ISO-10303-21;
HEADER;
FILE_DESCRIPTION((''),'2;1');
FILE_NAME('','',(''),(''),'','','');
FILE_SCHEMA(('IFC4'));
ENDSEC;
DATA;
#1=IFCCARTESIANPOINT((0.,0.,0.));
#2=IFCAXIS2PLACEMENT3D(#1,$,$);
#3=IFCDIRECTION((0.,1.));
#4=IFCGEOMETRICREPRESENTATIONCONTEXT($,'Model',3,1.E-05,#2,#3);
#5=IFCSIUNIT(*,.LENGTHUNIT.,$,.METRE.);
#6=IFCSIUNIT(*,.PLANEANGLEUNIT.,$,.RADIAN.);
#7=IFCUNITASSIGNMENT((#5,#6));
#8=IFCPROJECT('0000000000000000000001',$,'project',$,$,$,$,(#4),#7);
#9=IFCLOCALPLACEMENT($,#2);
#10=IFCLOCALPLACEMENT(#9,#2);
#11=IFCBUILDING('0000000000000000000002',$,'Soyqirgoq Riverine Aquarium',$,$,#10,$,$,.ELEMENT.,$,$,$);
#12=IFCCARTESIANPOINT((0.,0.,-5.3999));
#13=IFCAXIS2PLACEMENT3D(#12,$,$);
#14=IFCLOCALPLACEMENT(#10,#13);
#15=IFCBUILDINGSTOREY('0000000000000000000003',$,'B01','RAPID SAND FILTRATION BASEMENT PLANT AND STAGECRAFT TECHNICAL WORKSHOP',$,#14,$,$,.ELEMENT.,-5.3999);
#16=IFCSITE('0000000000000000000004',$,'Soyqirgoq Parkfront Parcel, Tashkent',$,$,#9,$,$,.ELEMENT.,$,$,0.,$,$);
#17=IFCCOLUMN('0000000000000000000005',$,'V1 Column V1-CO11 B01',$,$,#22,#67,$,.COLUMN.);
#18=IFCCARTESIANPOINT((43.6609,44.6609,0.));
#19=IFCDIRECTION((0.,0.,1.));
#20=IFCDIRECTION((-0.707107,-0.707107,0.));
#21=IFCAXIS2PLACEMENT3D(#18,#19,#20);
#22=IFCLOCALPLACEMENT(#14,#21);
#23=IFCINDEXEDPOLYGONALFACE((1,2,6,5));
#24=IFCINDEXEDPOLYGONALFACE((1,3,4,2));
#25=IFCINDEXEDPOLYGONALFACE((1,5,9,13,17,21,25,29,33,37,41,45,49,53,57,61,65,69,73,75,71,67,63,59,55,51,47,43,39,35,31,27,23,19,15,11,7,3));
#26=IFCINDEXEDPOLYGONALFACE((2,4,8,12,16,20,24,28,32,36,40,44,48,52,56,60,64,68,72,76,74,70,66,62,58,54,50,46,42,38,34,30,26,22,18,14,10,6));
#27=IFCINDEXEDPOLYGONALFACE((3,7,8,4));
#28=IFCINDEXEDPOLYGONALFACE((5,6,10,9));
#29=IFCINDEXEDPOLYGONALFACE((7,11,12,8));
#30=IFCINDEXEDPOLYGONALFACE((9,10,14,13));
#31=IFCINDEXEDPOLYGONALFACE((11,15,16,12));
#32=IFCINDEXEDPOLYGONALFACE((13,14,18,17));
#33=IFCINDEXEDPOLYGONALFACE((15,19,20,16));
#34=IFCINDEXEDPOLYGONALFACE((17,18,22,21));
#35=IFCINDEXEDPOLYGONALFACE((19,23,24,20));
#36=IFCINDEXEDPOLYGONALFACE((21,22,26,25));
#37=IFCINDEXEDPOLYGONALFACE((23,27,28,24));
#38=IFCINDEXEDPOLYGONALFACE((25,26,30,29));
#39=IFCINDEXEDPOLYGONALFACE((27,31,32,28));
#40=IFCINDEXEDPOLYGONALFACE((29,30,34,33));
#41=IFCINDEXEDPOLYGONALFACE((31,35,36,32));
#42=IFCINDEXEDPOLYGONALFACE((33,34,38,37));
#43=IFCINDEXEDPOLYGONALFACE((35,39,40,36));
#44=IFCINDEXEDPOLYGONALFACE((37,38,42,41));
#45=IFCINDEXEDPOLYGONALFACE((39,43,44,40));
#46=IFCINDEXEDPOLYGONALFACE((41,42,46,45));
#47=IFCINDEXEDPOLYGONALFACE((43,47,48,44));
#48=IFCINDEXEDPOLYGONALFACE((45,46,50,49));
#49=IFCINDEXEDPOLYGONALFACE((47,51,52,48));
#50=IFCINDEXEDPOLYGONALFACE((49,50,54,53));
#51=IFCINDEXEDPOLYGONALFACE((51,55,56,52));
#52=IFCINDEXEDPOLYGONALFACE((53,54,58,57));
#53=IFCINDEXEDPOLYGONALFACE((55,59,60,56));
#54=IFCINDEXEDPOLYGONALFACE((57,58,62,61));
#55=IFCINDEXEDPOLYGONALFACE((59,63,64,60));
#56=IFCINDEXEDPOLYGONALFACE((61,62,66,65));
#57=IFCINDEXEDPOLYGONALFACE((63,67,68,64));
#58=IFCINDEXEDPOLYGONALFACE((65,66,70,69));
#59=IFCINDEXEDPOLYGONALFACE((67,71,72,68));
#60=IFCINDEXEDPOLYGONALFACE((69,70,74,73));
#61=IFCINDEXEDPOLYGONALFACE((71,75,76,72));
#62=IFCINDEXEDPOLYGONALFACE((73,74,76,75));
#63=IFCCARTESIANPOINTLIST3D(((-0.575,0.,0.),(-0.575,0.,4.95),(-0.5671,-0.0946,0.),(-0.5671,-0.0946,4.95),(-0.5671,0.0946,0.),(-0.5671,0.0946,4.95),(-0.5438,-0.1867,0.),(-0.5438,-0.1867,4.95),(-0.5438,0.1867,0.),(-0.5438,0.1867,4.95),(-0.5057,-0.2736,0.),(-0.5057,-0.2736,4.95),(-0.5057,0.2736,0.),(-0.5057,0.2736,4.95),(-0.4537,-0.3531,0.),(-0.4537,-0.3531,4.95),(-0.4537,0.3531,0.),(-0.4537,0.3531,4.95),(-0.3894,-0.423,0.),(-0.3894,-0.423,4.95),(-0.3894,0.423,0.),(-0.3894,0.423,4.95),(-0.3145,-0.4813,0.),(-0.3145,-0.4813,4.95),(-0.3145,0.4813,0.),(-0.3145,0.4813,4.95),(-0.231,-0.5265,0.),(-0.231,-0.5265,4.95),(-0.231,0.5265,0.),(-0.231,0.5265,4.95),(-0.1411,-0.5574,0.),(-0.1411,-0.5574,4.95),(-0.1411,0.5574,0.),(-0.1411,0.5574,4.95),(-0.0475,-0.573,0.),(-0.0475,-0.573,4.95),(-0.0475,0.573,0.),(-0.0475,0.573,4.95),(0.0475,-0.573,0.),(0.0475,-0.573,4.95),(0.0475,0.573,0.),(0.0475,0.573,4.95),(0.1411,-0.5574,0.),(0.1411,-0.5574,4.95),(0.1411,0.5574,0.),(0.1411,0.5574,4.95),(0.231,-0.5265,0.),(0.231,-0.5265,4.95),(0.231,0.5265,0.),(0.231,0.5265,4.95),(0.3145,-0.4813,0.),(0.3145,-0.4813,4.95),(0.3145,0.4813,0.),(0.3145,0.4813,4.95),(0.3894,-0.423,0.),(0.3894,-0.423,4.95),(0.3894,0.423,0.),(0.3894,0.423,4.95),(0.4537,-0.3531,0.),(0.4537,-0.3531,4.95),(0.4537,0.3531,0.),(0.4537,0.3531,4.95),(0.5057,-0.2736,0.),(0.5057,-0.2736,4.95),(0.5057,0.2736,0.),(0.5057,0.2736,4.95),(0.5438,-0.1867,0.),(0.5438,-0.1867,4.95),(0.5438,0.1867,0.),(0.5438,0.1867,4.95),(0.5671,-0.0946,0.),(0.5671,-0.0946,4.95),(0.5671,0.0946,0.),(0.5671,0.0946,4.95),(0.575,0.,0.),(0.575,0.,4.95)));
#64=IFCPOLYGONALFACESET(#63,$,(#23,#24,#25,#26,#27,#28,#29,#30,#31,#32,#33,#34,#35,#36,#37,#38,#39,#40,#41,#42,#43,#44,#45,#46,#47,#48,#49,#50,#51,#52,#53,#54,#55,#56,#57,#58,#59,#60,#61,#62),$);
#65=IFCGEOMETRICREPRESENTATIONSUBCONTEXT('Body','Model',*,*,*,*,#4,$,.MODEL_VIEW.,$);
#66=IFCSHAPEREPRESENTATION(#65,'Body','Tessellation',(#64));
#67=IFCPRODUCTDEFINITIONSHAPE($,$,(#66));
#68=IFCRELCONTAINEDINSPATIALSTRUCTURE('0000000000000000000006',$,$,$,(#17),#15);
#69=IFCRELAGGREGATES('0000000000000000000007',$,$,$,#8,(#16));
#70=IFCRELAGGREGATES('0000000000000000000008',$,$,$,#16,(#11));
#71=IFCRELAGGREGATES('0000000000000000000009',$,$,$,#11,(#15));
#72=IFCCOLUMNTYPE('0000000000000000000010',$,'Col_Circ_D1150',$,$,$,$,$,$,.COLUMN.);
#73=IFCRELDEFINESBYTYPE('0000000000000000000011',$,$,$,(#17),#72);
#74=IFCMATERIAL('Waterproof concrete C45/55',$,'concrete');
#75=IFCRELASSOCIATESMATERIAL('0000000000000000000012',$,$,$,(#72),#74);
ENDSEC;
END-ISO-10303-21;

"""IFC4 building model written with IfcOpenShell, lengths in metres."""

from ifc_helpers import new_model, si_unit, direction, frame, origin, origin_2d, place, context, subcontext, project, spatial, circle, extrude, material, material_profile, profile_set, type_object, element, save


model = new_model("IFC4")

# Units and contexts
model_context = context("Model", 3, precision=1e-05, world=origin(), true_north=direction((0.0, 1.0)))
body_context = subcontext(model_context, "Body", "Model", "MODEL_VIEW")
ifc_project = project(units=[si_unit("LENGTHUNIT", "METRE"), si_unit("PLANEANGLEUNIT", "RADIAN")], contexts=[model_context])

# Site, building, storey
site_placement = place(None, origin())
site = spatial("IfcSite", under=ifc_project, at=site_placement, Name="Soyqirgoq Parkfront Parcel, Tashkent", CompositionType="ELEMENT", RefElevation=0.0)
building_placement = place(site_placement, origin())
building = spatial("IfcBuilding", under=site, at=building_placement, Name="Soyqirgoq Riverine Aquarium", CompositionType="ELEMENT")
storey_placement = place(building_placement, frame((0.0, 0.0, -5.3999)))
storey = spatial("IfcBuildingStorey", under=building, at=storey_placement, Name="B01", Description="RAPID SAND FILTRATION BASEMENT PLANT AND STAGECRAFT TECHNICAL WORKSHOP", CompositionType="ELEMENT", Elevation=-5.3999)

# Column
ifc_material_1 = material(Name="Waterproof concrete C45/55", Category="concrete")
ifc_material_profile_1 = material_profile(ifc_material_1, circle(Radius=0.575, at=origin_2d()), Name="RC-COL D1150")
ifc_profile_set_1 = profile_set([ifc_material_profile_1], Name="Waterproof concrete C45/55")
column_type_1 = type_object("IfcColumnType", Name="Col_Circ_D1150", PredefinedType="COLUMN", material=ifc_profile_set_1)
column_1_placement = place(storey_placement, frame((43.6609, 44.6609, 0.0), z_axis=(0.0, 0.0, 1.0), x_axis=(-0.707107, -0.707107, 0.0)))
element("IfcColumn", 1, at=column_1_placement, inside=storey, type_object=column_type_1, Name="V1 Column V1-CO11 B01", PredefinedType="COLUMN", context=body_context, shape_type="SweptSolid", body=[
    extrude(circle(Radius=0.575, at=origin_2d()), origin(), (0.0, 0.0, 1.0), 4.95),
])

save(model, "model.ifc")
